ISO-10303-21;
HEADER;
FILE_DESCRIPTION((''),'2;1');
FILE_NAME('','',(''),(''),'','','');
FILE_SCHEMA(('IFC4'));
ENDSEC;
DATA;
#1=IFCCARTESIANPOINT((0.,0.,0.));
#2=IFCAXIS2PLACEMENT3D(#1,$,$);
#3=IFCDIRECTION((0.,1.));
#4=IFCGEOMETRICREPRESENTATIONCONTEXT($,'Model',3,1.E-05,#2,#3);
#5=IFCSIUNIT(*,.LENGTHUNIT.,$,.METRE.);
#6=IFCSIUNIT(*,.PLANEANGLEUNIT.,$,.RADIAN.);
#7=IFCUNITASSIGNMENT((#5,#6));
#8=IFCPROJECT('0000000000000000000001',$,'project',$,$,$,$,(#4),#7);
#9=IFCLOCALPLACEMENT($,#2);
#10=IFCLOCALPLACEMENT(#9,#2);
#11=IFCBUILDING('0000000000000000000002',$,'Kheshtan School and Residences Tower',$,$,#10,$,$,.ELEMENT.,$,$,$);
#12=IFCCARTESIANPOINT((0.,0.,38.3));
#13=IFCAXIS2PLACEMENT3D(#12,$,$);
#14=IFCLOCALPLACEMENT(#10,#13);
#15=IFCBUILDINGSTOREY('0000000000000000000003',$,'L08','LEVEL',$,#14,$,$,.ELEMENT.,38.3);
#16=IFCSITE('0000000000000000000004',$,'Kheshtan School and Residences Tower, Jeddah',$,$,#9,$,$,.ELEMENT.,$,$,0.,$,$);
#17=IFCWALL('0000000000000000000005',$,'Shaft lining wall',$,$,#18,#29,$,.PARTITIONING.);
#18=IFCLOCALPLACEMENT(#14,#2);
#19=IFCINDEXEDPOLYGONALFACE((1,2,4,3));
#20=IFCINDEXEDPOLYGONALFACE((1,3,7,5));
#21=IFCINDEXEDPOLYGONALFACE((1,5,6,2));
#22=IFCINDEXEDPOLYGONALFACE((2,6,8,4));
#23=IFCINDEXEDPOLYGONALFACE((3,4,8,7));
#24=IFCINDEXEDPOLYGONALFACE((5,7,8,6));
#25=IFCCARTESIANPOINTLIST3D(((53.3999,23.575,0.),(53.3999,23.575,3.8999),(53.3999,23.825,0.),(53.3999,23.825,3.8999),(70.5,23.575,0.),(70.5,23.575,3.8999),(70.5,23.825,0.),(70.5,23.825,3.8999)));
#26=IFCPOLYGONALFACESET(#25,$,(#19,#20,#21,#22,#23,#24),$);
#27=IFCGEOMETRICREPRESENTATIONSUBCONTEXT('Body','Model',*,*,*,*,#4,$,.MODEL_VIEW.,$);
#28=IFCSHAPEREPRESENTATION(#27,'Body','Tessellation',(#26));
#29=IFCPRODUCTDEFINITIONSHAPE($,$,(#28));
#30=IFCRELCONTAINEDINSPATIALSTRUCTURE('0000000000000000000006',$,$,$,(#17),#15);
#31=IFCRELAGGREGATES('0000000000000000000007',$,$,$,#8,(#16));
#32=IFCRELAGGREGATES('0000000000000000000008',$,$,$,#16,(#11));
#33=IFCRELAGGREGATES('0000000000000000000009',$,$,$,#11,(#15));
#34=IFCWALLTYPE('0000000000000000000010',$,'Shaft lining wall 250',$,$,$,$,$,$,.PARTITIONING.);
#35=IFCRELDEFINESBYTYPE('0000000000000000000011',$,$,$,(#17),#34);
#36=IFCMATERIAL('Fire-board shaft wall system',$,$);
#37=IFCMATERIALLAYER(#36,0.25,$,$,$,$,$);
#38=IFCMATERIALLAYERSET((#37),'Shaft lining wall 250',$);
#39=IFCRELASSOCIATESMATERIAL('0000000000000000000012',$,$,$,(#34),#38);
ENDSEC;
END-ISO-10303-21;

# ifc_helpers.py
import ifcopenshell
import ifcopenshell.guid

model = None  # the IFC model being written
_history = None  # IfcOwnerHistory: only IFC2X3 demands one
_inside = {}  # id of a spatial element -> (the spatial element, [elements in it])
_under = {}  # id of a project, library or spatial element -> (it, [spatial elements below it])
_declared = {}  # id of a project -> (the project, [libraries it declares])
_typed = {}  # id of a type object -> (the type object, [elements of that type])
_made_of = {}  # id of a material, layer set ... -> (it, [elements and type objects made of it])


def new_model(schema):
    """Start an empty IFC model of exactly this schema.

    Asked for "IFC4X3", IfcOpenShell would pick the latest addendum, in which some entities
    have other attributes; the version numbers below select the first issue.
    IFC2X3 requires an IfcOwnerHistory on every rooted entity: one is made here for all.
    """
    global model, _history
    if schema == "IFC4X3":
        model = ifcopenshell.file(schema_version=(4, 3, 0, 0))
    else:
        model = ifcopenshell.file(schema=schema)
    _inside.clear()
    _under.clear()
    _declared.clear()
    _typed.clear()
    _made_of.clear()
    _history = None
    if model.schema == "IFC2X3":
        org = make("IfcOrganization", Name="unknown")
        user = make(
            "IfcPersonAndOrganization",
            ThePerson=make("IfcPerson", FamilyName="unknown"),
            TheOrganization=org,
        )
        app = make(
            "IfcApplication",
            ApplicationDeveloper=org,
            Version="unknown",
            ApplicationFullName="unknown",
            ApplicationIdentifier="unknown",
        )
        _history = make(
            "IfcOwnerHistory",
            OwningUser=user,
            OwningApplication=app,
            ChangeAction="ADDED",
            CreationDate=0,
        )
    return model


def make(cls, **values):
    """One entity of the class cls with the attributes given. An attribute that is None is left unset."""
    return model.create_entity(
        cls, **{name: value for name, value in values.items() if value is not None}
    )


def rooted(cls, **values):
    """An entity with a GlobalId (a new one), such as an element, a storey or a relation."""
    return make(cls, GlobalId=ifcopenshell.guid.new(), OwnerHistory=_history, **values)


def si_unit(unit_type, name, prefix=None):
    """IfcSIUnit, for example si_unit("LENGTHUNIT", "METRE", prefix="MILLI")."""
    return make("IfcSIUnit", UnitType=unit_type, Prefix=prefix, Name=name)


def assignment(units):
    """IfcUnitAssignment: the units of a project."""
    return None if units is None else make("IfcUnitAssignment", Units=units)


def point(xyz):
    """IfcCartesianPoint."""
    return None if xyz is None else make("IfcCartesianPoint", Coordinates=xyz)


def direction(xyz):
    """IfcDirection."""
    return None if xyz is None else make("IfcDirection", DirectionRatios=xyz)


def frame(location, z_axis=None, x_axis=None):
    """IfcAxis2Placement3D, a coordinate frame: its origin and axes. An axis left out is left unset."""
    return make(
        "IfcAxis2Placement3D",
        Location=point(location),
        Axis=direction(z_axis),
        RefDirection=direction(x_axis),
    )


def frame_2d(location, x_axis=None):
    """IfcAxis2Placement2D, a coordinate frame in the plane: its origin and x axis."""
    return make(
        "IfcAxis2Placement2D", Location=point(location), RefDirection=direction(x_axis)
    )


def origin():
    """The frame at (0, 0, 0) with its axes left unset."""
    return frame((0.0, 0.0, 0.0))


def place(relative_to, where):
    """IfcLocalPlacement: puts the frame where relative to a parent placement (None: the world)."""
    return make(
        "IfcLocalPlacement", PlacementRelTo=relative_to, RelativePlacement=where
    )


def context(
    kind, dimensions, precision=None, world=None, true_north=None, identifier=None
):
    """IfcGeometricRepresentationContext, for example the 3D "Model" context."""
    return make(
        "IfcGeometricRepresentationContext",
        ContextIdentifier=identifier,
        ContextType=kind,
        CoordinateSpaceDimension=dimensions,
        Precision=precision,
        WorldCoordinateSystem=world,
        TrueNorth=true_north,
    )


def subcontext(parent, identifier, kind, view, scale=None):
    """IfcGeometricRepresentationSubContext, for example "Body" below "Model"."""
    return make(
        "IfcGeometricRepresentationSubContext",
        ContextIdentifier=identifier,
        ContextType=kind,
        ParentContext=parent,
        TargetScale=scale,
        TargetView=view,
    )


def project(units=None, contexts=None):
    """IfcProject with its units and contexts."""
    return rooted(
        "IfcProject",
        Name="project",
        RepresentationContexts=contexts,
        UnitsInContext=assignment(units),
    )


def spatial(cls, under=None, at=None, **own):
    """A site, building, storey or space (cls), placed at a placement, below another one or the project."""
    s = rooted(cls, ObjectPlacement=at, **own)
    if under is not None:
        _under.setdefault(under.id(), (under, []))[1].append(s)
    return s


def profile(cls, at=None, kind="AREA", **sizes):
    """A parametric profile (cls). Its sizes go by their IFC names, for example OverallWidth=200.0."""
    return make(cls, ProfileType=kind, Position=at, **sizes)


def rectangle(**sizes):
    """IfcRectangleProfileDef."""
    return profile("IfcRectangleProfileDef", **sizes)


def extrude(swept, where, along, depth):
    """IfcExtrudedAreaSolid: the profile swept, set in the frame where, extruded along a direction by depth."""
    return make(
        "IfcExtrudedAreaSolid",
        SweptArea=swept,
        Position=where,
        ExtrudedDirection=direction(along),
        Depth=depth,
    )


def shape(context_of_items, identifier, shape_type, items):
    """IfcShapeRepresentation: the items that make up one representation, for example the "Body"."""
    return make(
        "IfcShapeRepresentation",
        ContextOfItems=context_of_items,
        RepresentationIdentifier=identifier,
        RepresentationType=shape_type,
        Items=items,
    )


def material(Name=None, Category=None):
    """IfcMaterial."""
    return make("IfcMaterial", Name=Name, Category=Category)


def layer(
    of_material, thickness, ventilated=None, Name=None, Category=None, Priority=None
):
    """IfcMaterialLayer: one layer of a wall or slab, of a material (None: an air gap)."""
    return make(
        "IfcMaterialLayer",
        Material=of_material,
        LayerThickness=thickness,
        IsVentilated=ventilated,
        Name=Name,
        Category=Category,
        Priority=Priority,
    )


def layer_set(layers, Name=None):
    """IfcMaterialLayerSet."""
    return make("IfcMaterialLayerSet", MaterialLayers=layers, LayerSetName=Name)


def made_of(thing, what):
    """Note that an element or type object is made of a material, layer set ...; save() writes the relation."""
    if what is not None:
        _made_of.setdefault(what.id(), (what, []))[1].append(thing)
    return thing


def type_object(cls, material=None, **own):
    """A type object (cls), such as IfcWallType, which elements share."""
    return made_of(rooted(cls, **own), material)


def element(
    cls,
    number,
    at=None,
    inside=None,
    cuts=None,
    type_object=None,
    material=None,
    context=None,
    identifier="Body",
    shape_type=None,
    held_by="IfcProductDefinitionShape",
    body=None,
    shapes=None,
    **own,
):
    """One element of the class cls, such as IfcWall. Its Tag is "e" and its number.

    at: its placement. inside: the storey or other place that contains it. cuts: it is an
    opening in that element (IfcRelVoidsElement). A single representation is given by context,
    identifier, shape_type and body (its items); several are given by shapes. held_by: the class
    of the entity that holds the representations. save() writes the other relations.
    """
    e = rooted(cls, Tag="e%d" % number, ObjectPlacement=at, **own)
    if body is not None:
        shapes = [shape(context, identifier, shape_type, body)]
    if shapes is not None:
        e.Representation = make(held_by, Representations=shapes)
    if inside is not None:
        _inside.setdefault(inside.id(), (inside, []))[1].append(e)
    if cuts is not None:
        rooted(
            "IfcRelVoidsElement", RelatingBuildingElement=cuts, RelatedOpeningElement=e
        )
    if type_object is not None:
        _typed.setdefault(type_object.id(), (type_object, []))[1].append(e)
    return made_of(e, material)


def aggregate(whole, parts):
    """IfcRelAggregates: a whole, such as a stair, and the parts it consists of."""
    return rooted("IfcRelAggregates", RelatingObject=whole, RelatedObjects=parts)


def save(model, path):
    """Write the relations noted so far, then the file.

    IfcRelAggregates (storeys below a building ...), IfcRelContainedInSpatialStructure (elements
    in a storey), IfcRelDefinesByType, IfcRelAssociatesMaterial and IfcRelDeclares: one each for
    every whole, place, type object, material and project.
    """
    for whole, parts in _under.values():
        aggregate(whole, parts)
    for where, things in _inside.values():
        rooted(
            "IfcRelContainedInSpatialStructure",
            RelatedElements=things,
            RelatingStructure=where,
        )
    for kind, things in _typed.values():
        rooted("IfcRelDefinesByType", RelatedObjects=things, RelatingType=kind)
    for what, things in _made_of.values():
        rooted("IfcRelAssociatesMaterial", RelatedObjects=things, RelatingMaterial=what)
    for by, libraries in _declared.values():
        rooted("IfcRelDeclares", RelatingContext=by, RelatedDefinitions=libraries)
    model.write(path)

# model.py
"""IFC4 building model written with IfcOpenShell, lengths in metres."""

from ifc_helpers import new_model, si_unit, direction, frame, frame_2d, origin, place, context, subcontext, project, spatial, rectangle, extrude, material, layer, layer_set, type_object, element, save


model = new_model("IFC4")

# Units and contexts
model_context = context("Model", 3, precision=1e-05, world=origin(), true_north=direction((0.0, 1.0)))
body_context = subcontext(model_context, "Body", "Model", "MODEL_VIEW")
ifc_project = project(units=[si_unit("LENGTHUNIT", "METRE"), si_unit("PLANEANGLEUNIT", "RADIAN")], contexts=[model_context])

# Site, building, storey
site_placement = place(None, origin())
site = spatial("IfcSite", under=ifc_project, at=site_placement, Name="Kheshtan School and Residences Tower, Jeddah", CompositionType="ELEMENT", RefElevation=0.0)
building_placement = place(site_placement, origin())
building = spatial("IfcBuilding", under=site, at=building_placement, Name="Kheshtan School and Residences Tower", CompositionType="ELEMENT")
storey_placement = place(building_placement, frame((0.0, 0.0, 38.3)))
storey = spatial("IfcBuildingStorey", under=building, at=storey_placement, Name="L08", Description="LEVEL", CompositionType="ELEMENT", Elevation=38.3)

# Wall
ifc_material_1 = material(Name="Fire-board shaft wall system")
ifc_layer_1 = layer(ifc_material_1, 0.25)
ifc_layer_set_1 = layer_set([ifc_layer_1], Name="Shaft lining wall 250")
wall_type_1 = type_object("IfcWallType", Name="Shaft lining wall 250", PredefinedType="PARTITIONING", material=ifc_layer_set_1)
wall_1_placement = place(storey_placement, frame((53.3999, 23.7, 0.0), z_axis=(0.0, 0.0, 1.0), x_axis=(1.0, 0.0, 0.0)))
element("IfcWall", 1, at=wall_1_placement, inside=storey, type_object=wall_type_1, Name="Shaft lining wall", PredefinedType="PARTITIONING", context=body_context, shape_type="SweptSolid", body=[
    extrude(rectangle(XDim=17.1001, YDim=0.25, at=frame_2d((8.55, 0.0))), origin(), (0.0, 0.0, 1.0), 3.8999),
])

save(model, "model.ifc")
